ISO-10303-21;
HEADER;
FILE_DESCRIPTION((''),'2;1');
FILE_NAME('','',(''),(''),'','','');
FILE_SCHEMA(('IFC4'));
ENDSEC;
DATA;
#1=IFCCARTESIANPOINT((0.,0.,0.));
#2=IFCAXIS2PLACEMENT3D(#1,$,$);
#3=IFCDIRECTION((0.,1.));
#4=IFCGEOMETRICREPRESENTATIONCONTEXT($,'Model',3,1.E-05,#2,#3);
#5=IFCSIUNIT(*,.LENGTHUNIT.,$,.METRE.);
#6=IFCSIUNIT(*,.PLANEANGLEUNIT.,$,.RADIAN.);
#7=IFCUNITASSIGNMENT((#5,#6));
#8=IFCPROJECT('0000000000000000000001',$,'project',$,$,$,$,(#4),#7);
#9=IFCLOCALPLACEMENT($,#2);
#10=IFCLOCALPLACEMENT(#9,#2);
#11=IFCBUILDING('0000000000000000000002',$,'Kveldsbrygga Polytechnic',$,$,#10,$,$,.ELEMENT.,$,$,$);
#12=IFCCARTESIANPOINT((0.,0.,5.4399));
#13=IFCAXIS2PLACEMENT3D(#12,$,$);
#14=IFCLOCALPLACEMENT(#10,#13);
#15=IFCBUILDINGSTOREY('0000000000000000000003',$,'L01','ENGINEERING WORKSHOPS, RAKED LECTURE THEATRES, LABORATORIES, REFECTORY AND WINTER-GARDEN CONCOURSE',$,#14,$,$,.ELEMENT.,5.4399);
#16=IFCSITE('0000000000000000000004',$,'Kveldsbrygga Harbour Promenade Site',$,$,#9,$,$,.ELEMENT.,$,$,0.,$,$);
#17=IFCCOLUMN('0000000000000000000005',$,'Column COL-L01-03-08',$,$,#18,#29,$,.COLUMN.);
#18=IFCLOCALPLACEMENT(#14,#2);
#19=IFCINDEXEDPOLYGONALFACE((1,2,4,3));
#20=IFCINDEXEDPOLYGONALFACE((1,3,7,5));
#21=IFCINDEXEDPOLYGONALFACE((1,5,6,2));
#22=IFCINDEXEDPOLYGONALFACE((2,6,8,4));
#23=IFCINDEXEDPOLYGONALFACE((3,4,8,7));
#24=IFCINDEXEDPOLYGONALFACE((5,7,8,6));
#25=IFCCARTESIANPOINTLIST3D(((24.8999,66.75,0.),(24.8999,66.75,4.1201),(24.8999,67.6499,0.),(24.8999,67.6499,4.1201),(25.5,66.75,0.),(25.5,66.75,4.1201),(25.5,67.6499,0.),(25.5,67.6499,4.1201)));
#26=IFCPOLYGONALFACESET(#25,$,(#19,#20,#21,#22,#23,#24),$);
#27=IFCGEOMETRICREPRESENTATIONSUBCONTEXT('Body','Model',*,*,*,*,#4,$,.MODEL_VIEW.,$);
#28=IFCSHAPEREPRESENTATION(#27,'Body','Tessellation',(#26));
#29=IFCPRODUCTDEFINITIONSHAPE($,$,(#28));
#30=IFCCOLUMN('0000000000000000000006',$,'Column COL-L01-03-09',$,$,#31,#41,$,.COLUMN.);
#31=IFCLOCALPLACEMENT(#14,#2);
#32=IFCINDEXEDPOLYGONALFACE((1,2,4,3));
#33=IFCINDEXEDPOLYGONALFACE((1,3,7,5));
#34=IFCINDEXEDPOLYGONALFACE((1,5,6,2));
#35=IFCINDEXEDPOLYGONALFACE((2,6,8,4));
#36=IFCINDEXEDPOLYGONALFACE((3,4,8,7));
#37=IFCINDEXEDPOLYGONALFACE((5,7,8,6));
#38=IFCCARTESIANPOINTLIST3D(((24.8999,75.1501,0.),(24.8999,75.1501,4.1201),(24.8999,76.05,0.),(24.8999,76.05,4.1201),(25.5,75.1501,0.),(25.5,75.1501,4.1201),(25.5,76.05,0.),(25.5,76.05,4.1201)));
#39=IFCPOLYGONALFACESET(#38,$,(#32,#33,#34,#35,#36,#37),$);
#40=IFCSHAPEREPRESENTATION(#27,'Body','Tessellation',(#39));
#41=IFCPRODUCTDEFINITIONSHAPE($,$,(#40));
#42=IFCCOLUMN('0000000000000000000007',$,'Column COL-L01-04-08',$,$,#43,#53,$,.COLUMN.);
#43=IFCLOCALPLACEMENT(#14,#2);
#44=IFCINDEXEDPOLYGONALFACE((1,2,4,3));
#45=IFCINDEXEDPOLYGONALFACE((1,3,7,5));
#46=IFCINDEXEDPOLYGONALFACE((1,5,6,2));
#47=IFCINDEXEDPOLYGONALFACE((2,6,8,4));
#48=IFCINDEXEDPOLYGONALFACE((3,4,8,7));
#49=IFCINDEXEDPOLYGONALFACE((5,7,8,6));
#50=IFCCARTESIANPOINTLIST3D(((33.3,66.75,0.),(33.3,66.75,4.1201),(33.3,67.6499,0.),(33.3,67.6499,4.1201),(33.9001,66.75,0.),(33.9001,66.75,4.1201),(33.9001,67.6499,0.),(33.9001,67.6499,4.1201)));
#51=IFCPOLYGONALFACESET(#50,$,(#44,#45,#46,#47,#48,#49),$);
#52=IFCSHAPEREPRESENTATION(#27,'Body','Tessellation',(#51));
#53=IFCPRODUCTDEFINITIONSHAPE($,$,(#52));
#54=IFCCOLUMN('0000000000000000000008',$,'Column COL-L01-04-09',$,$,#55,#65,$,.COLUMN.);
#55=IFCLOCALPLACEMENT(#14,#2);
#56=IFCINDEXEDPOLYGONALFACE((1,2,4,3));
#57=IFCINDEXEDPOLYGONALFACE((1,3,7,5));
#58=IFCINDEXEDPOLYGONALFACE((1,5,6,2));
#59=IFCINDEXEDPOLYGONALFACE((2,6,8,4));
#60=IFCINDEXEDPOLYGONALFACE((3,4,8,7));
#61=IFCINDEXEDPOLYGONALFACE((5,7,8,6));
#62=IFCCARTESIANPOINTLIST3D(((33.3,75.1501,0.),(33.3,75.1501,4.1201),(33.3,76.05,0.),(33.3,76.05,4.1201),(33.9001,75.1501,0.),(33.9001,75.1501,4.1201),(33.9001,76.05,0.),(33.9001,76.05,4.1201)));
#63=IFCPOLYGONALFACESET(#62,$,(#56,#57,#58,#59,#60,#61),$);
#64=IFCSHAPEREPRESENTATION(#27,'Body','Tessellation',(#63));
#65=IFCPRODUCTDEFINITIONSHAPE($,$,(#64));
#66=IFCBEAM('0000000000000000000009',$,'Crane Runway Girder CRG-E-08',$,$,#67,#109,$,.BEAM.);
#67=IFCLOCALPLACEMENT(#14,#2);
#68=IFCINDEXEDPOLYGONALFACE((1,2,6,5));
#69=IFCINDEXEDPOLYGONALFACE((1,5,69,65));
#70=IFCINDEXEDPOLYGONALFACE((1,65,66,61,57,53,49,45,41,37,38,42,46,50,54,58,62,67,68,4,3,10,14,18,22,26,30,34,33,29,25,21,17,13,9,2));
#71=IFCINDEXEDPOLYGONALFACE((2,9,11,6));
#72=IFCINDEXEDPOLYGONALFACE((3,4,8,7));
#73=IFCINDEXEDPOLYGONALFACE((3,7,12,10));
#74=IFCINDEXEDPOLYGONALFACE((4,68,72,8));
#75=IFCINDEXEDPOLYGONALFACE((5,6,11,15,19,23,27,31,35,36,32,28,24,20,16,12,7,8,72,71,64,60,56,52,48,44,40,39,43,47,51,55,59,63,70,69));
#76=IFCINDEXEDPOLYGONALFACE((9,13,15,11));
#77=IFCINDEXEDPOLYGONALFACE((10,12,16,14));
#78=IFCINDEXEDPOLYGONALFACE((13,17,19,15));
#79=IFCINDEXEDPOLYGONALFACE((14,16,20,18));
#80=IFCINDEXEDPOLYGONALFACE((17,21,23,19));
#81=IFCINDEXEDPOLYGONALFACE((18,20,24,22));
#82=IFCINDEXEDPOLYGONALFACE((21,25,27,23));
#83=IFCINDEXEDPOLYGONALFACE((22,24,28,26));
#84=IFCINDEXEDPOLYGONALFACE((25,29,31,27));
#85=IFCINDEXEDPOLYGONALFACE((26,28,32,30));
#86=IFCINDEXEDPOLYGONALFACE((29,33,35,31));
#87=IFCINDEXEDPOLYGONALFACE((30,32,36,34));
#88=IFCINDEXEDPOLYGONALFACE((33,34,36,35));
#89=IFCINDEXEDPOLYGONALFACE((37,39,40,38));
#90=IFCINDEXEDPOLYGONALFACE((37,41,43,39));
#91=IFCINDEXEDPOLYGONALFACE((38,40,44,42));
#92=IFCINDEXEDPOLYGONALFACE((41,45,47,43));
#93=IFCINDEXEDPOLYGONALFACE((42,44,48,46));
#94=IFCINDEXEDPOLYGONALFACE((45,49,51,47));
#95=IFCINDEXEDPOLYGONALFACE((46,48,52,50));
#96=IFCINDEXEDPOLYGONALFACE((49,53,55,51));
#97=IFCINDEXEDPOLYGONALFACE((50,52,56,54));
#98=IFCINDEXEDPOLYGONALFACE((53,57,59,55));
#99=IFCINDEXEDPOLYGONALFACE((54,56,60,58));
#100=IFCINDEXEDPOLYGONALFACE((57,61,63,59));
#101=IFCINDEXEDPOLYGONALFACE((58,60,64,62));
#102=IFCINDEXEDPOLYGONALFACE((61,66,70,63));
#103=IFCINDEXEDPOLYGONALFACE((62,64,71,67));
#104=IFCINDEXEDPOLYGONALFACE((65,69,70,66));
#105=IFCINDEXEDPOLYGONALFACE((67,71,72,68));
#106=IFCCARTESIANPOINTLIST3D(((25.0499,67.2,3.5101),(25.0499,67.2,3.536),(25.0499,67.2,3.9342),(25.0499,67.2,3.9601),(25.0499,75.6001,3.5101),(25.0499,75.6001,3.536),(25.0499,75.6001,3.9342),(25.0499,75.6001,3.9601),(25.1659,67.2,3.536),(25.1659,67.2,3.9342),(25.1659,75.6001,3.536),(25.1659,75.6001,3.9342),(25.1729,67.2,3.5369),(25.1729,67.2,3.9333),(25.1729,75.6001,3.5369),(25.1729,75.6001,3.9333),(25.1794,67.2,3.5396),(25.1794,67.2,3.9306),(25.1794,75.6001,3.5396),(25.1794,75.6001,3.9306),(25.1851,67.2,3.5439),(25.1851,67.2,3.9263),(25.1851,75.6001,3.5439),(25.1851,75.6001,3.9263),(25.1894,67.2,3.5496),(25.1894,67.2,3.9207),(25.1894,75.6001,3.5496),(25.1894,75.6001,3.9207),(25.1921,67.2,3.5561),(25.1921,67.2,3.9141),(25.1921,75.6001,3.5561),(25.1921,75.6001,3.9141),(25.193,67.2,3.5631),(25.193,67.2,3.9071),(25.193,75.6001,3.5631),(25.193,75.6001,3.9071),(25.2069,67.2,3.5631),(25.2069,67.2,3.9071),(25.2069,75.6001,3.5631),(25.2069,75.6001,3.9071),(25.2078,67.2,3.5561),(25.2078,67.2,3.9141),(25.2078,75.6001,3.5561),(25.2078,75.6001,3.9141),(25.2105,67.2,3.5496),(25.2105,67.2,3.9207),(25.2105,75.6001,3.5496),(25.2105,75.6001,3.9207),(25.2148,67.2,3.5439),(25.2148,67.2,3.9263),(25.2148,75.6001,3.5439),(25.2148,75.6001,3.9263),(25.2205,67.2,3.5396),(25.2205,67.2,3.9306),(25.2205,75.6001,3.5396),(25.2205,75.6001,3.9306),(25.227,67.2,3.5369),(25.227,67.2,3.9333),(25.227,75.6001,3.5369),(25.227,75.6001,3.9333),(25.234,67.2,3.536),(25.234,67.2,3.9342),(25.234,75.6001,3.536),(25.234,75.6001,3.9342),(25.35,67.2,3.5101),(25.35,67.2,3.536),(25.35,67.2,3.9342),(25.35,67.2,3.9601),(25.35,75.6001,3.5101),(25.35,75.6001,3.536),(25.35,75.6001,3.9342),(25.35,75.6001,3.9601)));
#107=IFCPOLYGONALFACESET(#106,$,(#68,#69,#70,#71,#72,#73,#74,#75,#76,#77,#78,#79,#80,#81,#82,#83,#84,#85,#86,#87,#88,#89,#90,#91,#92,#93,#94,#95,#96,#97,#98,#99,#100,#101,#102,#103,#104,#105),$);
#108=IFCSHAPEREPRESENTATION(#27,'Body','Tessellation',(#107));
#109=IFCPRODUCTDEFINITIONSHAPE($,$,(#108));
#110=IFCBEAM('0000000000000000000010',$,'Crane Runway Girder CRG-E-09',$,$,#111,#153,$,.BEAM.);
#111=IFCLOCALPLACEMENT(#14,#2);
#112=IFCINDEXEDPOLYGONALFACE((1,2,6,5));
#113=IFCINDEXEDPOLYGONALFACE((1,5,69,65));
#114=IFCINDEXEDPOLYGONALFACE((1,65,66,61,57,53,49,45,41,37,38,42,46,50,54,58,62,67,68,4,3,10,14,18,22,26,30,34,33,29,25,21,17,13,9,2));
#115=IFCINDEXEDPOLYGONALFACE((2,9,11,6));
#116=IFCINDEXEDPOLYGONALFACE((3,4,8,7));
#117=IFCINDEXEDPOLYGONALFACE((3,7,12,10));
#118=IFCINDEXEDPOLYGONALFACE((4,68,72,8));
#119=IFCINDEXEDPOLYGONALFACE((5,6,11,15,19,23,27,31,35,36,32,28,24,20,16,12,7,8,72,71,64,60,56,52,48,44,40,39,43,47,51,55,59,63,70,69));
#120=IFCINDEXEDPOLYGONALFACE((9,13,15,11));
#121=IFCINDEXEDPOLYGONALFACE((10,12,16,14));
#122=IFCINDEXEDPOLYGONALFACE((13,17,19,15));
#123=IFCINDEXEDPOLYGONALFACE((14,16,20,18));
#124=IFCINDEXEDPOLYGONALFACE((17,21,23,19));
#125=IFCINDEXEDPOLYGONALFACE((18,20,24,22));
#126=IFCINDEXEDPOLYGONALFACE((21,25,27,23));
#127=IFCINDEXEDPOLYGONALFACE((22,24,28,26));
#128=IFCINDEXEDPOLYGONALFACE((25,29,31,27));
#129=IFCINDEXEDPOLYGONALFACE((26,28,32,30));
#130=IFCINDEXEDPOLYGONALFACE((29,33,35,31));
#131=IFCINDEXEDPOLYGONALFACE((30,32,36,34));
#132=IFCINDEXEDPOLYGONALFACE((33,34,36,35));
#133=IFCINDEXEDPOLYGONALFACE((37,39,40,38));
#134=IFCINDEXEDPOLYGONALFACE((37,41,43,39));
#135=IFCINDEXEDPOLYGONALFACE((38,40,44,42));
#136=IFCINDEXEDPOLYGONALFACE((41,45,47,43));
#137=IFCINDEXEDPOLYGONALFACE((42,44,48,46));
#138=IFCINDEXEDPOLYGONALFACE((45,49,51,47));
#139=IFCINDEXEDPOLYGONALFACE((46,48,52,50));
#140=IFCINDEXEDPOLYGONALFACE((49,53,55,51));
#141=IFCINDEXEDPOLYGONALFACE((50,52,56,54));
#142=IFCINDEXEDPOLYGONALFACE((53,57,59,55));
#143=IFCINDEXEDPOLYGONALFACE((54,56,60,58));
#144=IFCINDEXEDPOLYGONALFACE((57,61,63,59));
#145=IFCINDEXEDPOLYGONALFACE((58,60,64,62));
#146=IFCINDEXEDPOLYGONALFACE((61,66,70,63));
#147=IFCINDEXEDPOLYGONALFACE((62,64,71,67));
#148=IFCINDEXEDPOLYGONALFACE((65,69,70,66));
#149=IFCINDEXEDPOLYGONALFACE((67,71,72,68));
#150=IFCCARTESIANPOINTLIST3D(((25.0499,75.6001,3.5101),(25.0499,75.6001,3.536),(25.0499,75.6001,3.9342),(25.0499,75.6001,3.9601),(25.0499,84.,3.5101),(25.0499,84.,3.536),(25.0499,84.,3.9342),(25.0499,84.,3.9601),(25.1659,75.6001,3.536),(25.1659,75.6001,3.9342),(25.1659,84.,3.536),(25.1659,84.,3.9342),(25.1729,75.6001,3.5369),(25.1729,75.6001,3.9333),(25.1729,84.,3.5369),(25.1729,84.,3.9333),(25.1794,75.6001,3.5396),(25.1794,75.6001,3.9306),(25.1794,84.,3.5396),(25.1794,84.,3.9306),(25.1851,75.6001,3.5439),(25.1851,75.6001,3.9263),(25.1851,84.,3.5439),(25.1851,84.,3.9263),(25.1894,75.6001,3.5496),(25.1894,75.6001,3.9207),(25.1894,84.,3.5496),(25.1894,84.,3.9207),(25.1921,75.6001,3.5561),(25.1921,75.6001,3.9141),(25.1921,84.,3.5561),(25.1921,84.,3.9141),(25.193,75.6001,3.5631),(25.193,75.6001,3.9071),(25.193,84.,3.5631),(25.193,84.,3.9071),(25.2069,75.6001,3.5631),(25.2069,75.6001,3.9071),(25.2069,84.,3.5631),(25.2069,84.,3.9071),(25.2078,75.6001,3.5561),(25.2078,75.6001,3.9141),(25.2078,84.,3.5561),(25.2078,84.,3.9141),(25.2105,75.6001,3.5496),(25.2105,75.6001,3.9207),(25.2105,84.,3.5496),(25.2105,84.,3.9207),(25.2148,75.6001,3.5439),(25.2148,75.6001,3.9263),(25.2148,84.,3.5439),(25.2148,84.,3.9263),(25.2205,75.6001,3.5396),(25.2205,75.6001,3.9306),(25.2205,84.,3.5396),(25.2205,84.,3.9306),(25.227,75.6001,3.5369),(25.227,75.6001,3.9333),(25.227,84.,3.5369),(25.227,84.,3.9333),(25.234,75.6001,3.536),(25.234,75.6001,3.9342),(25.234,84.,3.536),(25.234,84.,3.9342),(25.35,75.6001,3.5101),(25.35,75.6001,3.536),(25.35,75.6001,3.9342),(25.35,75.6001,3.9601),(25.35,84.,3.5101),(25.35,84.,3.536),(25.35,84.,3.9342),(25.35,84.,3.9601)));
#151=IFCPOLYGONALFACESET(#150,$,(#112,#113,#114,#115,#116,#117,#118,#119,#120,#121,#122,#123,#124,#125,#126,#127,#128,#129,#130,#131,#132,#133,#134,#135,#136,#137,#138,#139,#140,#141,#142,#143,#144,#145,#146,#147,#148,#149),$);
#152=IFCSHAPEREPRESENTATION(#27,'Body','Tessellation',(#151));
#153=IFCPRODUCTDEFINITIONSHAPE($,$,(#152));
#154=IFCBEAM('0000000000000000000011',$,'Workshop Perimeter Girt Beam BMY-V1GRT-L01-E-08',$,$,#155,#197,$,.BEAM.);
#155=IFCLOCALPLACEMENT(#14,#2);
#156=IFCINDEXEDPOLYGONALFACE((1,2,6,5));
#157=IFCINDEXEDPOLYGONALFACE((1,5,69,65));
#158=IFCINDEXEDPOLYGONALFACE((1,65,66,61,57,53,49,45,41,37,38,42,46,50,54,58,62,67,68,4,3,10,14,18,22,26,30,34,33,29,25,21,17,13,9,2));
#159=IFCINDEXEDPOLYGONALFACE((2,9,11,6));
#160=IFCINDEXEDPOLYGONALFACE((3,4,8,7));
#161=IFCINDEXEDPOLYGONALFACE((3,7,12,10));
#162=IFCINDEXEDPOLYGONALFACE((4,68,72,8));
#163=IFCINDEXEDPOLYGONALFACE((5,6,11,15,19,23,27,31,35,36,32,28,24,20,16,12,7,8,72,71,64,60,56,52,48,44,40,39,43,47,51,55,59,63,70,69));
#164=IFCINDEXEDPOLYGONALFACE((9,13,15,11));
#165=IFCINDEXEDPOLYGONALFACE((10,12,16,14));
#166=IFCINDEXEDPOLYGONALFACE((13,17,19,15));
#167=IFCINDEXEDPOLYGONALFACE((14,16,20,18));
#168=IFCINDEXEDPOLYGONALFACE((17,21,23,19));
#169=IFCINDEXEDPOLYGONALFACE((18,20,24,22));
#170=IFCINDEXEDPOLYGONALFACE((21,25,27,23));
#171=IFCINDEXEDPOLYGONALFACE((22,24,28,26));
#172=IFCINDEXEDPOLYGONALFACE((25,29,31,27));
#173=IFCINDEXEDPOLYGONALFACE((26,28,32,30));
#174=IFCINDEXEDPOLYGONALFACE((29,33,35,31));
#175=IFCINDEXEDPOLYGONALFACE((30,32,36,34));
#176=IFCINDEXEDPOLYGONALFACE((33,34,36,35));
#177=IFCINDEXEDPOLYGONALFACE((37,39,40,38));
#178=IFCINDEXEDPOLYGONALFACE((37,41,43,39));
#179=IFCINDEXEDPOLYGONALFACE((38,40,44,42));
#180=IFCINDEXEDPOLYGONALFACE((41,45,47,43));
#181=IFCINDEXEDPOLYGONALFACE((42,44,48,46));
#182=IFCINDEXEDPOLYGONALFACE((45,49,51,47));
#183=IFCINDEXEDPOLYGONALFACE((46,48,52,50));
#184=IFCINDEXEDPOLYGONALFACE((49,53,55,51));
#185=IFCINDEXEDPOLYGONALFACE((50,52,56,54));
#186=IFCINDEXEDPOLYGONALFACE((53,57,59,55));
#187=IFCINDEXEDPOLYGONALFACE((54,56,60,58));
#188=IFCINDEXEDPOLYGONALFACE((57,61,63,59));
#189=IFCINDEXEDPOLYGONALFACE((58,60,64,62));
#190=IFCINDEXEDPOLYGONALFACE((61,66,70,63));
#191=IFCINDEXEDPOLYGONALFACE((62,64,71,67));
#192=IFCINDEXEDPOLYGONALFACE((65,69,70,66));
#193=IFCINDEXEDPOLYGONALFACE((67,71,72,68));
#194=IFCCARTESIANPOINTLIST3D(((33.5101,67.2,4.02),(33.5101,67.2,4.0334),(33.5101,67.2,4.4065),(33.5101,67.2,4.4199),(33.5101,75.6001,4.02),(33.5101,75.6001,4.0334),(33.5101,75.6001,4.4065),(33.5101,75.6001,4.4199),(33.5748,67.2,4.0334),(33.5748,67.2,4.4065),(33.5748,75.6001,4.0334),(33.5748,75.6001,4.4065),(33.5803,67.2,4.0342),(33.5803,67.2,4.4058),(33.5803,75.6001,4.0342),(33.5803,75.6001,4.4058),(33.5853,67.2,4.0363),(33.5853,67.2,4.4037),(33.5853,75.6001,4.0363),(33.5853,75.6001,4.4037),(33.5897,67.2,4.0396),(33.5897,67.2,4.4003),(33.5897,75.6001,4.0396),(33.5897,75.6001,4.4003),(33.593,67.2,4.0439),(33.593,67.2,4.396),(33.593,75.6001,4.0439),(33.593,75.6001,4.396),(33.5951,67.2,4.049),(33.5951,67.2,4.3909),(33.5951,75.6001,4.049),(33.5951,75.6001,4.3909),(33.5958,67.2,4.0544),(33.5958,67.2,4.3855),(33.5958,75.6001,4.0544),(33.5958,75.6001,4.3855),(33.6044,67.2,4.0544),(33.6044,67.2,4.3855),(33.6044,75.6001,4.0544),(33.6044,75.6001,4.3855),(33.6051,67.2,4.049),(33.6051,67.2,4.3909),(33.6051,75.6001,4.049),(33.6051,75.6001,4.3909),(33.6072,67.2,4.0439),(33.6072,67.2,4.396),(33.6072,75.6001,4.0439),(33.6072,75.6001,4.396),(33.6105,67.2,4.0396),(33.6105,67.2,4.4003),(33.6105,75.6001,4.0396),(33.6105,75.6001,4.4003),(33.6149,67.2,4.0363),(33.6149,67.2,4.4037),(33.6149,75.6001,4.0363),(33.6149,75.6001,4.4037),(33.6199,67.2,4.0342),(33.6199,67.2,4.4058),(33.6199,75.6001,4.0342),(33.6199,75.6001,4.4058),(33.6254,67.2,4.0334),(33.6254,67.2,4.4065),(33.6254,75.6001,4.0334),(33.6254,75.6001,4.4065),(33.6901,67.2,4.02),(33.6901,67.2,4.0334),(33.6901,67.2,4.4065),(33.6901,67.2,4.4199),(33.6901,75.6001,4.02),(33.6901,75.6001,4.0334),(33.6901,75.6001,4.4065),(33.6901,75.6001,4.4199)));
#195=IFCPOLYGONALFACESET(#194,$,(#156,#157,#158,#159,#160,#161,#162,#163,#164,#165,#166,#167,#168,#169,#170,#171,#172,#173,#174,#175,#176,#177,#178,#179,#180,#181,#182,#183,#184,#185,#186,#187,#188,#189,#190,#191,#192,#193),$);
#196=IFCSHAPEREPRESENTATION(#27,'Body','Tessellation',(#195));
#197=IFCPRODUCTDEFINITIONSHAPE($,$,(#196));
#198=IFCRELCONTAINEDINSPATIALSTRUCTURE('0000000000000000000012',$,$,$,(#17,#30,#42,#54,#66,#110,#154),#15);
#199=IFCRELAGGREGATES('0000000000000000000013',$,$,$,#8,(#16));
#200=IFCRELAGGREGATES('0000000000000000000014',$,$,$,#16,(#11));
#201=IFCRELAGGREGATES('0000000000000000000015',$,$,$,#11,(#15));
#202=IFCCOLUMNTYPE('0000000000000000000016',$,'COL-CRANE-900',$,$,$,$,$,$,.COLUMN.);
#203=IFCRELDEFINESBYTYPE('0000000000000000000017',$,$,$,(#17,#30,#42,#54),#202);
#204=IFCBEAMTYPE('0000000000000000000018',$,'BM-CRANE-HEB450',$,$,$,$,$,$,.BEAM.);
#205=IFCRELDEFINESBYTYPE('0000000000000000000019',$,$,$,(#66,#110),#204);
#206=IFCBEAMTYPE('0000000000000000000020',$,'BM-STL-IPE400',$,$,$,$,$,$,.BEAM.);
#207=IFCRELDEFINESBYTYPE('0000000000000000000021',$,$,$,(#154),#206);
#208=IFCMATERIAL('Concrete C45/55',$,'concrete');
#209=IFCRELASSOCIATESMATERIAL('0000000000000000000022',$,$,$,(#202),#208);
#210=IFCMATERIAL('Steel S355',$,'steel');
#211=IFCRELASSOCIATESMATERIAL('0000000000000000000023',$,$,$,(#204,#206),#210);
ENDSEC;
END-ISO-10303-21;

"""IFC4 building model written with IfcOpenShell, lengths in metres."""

from ifc_helpers import new_model, si_unit, direction, frame, origin, origin_2d, place, context, subcontext, project, spatial, rectangle, i_section, extrude, material, material_profile, profile_set, type_object, element, save


model = new_model("IFC4")

# Units and contexts
model_context = context("Model", 3, precision=1e-05, world=origin(), true_north=direction((0.0, 1.0)))
body_context = subcontext(model_context, "Body", "Model", "MODEL_VIEW")
ifc_project = project(units=[si_unit("LENGTHUNIT", "METRE"), si_unit("PLANEANGLEUNIT", "RADIAN")], contexts=[model_context])

# Site, building, storey
site_placement = place(None, origin())
site = spatial("IfcSite", under=ifc_project, at=site_placement, Name="Kveldsbrygga Harbour Promenade Site", CompositionType="ELEMENT", RefElevation=0.0)
building_placement = place(site_placement, origin())
building = spatial("IfcBuilding", under=site, at=building_placement, Name="Kveldsbrygga Polytechnic", CompositionType="ELEMENT")
storey_placement = place(building_placement, frame((0.0, 0.0, 5.4399)))
storey = spatial("IfcBuildingStorey", under=building, at=storey_placement, Name="L01", Description="ENGINEERING WORKSHOPS, RAKED LECTURE THEATRES, LABORATORIES, REFECTORY AND WINTER-GARDEN CONCOURSE", CompositionType="ELEMENT", Elevation=5.4399)

# Columns
ifc_material_1 = material(Name="Concrete C45/55", Category="concrete")
ifc_material_profile_1 = material_profile(ifc_material_1, rectangle(XDim=0.6001, YDim=0.8999, at=origin_2d()), Name="RC 600x900")
ifc_profile_set_1 = profile_set([ifc_material_profile_1], Name="Concrete C45/55")
column_type = type_object("IfcColumnType", Name="COL-CRANE-900", PredefinedType="COLUMN", material=ifc_profile_set_1)
for number, where, z_axis, x_axis, name in (
    (1, (25.2, 67.2, 0.0), (0.0, 0.0, 1.0), (1.0, 0.0, 0.0), "Column COL-L01-03-08"),
    (2, (25.2, 75.6001, 0.0), (0.0, 0.0, 1.0), (1.0, 0.0, 0.0), "Column COL-L01-03-09"),
    (3, (33.6001, 67.2, 0.0), (0.0, 0.0, 1.0), (1.0, 0.0, 0.0), "Column COL-L01-04-08"),
    (4, (33.6001, 75.6001, 0.0), (0.0, 0.0, 1.0), (1.0, 0.0, 0.0), "Column COL-L01-04-09"),
):
    element("IfcColumn", number, at=place(storey_placement, frame(where, z_axis=z_axis, x_axis=x_axis)), inside=storey, type_object=column_type, Name=name, PredefinedType="COLUMN", context=body_context, shape_type="SweptSolid", body=[
        extrude(rectangle(XDim=0.6001, YDim=0.8999, at=origin_2d()), origin(), (0.0, 0.0, 1.0), 4.1201),
    ])

# Beams
ifc_material_2 = material(Name="Steel S355", Category="steel")
ifc_material_profile_2 = material_profile(ifc_material_2, i_section(OverallWidth=0.3, OverallDepth=0.45, WebThickness=0.0139, FlangeThickness=0.0259, FilletRadius=0.0271, at=origin_2d()), Name="HEB 450")
ifc_profile_set_2 = profile_set([ifc_material_profile_2], Name="Steel S355")
beam_type_1 = type_object("IfcBeamType", Name="BM-CRANE-HEB450", PredefinedType="BEAM", material=ifc_profile_set_2)
beam_1_placement = place(storey_placement, frame((25.2, 67.2, 3.7351), z_axis=(0.0, 1.0, 0.0), x_axis=(-1.0, 0.0, 0.0)))
element("IfcBeam", 5, at=beam_1_placement, inside=storey, type_object=beam_type_1, Name="Crane Runway Girder CRG-E-08", PredefinedType="BEAM", context=body_context, shape_type="SweptSolid", body=[
    extrude(i_section(OverallWidth=0.3, OverallDepth=0.45, WebThickness=0.0139, FlangeThickness=0.0259, FilletRadius=0.0271, at=origin_2d()), origin(), (0.0, 0.0, 1.0), 8.4001),
])
beam_2_placement = place(storey_placement, frame((25.2, 75.6001, 3.7351), z_axis=(0.0, 1.0, 0.0), x_axis=(-1.0, 0.0, 0.0)))
element("IfcBeam", 6, at=beam_2_placement, inside=storey, type_object=beam_type_1, Name="Crane Runway Girder CRG-E-09", PredefinedType="BEAM", context=body_context, shape_type="SweptSolid", body=[
    extrude(i_section(OverallWidth=0.3, OverallDepth=0.45, WebThickness=0.0139, FlangeThickness=0.0259, FilletRadius=0.0271, at=origin_2d()), origin(), (0.0, 0.0, 1.0), 8.3999),
])
ifc_material_profile_3 = material_profile(ifc_material_2, i_section(OverallWidth=0.1799, OverallDepth=0.3999, WebThickness=0.0085, FlangeThickness=0.0134, FilletRadius=0.021, at=origin_2d()), Name="IPE 400")
ifc_profile_set_3 = profile_set([ifc_material_profile_3], Name="Steel S355")
beam_type_2 = type_object("IfcBeamType", Name="BM-STL-IPE400", PredefinedType="BEAM", material=ifc_profile_set_3)
beam_3_placement = place(storey_placement, frame((33.6001, 67.2, 4.22), z_axis=(0.0, 1.0, 0.0), x_axis=(-1.0, 0.0, 0.0)))
element("IfcBeam", 7, at=beam_3_placement, inside=storey, type_object=beam_type_2, Name="Workshop Perimeter Girt Beam BMY-V1GRT-L01-E-08", PredefinedType="BEAM", context=body_context, shape_type="SweptSolid", body=[
    extrude(i_section(OverallWidth=0.1799, OverallDepth=0.3999, WebThickness=0.0085, FlangeThickness=0.0134, FilletRadius=0.021, at=origin_2d()), origin(), (0.0, 0.0, 1.0), 8.4001),
])

save(model, "model.ifc")
